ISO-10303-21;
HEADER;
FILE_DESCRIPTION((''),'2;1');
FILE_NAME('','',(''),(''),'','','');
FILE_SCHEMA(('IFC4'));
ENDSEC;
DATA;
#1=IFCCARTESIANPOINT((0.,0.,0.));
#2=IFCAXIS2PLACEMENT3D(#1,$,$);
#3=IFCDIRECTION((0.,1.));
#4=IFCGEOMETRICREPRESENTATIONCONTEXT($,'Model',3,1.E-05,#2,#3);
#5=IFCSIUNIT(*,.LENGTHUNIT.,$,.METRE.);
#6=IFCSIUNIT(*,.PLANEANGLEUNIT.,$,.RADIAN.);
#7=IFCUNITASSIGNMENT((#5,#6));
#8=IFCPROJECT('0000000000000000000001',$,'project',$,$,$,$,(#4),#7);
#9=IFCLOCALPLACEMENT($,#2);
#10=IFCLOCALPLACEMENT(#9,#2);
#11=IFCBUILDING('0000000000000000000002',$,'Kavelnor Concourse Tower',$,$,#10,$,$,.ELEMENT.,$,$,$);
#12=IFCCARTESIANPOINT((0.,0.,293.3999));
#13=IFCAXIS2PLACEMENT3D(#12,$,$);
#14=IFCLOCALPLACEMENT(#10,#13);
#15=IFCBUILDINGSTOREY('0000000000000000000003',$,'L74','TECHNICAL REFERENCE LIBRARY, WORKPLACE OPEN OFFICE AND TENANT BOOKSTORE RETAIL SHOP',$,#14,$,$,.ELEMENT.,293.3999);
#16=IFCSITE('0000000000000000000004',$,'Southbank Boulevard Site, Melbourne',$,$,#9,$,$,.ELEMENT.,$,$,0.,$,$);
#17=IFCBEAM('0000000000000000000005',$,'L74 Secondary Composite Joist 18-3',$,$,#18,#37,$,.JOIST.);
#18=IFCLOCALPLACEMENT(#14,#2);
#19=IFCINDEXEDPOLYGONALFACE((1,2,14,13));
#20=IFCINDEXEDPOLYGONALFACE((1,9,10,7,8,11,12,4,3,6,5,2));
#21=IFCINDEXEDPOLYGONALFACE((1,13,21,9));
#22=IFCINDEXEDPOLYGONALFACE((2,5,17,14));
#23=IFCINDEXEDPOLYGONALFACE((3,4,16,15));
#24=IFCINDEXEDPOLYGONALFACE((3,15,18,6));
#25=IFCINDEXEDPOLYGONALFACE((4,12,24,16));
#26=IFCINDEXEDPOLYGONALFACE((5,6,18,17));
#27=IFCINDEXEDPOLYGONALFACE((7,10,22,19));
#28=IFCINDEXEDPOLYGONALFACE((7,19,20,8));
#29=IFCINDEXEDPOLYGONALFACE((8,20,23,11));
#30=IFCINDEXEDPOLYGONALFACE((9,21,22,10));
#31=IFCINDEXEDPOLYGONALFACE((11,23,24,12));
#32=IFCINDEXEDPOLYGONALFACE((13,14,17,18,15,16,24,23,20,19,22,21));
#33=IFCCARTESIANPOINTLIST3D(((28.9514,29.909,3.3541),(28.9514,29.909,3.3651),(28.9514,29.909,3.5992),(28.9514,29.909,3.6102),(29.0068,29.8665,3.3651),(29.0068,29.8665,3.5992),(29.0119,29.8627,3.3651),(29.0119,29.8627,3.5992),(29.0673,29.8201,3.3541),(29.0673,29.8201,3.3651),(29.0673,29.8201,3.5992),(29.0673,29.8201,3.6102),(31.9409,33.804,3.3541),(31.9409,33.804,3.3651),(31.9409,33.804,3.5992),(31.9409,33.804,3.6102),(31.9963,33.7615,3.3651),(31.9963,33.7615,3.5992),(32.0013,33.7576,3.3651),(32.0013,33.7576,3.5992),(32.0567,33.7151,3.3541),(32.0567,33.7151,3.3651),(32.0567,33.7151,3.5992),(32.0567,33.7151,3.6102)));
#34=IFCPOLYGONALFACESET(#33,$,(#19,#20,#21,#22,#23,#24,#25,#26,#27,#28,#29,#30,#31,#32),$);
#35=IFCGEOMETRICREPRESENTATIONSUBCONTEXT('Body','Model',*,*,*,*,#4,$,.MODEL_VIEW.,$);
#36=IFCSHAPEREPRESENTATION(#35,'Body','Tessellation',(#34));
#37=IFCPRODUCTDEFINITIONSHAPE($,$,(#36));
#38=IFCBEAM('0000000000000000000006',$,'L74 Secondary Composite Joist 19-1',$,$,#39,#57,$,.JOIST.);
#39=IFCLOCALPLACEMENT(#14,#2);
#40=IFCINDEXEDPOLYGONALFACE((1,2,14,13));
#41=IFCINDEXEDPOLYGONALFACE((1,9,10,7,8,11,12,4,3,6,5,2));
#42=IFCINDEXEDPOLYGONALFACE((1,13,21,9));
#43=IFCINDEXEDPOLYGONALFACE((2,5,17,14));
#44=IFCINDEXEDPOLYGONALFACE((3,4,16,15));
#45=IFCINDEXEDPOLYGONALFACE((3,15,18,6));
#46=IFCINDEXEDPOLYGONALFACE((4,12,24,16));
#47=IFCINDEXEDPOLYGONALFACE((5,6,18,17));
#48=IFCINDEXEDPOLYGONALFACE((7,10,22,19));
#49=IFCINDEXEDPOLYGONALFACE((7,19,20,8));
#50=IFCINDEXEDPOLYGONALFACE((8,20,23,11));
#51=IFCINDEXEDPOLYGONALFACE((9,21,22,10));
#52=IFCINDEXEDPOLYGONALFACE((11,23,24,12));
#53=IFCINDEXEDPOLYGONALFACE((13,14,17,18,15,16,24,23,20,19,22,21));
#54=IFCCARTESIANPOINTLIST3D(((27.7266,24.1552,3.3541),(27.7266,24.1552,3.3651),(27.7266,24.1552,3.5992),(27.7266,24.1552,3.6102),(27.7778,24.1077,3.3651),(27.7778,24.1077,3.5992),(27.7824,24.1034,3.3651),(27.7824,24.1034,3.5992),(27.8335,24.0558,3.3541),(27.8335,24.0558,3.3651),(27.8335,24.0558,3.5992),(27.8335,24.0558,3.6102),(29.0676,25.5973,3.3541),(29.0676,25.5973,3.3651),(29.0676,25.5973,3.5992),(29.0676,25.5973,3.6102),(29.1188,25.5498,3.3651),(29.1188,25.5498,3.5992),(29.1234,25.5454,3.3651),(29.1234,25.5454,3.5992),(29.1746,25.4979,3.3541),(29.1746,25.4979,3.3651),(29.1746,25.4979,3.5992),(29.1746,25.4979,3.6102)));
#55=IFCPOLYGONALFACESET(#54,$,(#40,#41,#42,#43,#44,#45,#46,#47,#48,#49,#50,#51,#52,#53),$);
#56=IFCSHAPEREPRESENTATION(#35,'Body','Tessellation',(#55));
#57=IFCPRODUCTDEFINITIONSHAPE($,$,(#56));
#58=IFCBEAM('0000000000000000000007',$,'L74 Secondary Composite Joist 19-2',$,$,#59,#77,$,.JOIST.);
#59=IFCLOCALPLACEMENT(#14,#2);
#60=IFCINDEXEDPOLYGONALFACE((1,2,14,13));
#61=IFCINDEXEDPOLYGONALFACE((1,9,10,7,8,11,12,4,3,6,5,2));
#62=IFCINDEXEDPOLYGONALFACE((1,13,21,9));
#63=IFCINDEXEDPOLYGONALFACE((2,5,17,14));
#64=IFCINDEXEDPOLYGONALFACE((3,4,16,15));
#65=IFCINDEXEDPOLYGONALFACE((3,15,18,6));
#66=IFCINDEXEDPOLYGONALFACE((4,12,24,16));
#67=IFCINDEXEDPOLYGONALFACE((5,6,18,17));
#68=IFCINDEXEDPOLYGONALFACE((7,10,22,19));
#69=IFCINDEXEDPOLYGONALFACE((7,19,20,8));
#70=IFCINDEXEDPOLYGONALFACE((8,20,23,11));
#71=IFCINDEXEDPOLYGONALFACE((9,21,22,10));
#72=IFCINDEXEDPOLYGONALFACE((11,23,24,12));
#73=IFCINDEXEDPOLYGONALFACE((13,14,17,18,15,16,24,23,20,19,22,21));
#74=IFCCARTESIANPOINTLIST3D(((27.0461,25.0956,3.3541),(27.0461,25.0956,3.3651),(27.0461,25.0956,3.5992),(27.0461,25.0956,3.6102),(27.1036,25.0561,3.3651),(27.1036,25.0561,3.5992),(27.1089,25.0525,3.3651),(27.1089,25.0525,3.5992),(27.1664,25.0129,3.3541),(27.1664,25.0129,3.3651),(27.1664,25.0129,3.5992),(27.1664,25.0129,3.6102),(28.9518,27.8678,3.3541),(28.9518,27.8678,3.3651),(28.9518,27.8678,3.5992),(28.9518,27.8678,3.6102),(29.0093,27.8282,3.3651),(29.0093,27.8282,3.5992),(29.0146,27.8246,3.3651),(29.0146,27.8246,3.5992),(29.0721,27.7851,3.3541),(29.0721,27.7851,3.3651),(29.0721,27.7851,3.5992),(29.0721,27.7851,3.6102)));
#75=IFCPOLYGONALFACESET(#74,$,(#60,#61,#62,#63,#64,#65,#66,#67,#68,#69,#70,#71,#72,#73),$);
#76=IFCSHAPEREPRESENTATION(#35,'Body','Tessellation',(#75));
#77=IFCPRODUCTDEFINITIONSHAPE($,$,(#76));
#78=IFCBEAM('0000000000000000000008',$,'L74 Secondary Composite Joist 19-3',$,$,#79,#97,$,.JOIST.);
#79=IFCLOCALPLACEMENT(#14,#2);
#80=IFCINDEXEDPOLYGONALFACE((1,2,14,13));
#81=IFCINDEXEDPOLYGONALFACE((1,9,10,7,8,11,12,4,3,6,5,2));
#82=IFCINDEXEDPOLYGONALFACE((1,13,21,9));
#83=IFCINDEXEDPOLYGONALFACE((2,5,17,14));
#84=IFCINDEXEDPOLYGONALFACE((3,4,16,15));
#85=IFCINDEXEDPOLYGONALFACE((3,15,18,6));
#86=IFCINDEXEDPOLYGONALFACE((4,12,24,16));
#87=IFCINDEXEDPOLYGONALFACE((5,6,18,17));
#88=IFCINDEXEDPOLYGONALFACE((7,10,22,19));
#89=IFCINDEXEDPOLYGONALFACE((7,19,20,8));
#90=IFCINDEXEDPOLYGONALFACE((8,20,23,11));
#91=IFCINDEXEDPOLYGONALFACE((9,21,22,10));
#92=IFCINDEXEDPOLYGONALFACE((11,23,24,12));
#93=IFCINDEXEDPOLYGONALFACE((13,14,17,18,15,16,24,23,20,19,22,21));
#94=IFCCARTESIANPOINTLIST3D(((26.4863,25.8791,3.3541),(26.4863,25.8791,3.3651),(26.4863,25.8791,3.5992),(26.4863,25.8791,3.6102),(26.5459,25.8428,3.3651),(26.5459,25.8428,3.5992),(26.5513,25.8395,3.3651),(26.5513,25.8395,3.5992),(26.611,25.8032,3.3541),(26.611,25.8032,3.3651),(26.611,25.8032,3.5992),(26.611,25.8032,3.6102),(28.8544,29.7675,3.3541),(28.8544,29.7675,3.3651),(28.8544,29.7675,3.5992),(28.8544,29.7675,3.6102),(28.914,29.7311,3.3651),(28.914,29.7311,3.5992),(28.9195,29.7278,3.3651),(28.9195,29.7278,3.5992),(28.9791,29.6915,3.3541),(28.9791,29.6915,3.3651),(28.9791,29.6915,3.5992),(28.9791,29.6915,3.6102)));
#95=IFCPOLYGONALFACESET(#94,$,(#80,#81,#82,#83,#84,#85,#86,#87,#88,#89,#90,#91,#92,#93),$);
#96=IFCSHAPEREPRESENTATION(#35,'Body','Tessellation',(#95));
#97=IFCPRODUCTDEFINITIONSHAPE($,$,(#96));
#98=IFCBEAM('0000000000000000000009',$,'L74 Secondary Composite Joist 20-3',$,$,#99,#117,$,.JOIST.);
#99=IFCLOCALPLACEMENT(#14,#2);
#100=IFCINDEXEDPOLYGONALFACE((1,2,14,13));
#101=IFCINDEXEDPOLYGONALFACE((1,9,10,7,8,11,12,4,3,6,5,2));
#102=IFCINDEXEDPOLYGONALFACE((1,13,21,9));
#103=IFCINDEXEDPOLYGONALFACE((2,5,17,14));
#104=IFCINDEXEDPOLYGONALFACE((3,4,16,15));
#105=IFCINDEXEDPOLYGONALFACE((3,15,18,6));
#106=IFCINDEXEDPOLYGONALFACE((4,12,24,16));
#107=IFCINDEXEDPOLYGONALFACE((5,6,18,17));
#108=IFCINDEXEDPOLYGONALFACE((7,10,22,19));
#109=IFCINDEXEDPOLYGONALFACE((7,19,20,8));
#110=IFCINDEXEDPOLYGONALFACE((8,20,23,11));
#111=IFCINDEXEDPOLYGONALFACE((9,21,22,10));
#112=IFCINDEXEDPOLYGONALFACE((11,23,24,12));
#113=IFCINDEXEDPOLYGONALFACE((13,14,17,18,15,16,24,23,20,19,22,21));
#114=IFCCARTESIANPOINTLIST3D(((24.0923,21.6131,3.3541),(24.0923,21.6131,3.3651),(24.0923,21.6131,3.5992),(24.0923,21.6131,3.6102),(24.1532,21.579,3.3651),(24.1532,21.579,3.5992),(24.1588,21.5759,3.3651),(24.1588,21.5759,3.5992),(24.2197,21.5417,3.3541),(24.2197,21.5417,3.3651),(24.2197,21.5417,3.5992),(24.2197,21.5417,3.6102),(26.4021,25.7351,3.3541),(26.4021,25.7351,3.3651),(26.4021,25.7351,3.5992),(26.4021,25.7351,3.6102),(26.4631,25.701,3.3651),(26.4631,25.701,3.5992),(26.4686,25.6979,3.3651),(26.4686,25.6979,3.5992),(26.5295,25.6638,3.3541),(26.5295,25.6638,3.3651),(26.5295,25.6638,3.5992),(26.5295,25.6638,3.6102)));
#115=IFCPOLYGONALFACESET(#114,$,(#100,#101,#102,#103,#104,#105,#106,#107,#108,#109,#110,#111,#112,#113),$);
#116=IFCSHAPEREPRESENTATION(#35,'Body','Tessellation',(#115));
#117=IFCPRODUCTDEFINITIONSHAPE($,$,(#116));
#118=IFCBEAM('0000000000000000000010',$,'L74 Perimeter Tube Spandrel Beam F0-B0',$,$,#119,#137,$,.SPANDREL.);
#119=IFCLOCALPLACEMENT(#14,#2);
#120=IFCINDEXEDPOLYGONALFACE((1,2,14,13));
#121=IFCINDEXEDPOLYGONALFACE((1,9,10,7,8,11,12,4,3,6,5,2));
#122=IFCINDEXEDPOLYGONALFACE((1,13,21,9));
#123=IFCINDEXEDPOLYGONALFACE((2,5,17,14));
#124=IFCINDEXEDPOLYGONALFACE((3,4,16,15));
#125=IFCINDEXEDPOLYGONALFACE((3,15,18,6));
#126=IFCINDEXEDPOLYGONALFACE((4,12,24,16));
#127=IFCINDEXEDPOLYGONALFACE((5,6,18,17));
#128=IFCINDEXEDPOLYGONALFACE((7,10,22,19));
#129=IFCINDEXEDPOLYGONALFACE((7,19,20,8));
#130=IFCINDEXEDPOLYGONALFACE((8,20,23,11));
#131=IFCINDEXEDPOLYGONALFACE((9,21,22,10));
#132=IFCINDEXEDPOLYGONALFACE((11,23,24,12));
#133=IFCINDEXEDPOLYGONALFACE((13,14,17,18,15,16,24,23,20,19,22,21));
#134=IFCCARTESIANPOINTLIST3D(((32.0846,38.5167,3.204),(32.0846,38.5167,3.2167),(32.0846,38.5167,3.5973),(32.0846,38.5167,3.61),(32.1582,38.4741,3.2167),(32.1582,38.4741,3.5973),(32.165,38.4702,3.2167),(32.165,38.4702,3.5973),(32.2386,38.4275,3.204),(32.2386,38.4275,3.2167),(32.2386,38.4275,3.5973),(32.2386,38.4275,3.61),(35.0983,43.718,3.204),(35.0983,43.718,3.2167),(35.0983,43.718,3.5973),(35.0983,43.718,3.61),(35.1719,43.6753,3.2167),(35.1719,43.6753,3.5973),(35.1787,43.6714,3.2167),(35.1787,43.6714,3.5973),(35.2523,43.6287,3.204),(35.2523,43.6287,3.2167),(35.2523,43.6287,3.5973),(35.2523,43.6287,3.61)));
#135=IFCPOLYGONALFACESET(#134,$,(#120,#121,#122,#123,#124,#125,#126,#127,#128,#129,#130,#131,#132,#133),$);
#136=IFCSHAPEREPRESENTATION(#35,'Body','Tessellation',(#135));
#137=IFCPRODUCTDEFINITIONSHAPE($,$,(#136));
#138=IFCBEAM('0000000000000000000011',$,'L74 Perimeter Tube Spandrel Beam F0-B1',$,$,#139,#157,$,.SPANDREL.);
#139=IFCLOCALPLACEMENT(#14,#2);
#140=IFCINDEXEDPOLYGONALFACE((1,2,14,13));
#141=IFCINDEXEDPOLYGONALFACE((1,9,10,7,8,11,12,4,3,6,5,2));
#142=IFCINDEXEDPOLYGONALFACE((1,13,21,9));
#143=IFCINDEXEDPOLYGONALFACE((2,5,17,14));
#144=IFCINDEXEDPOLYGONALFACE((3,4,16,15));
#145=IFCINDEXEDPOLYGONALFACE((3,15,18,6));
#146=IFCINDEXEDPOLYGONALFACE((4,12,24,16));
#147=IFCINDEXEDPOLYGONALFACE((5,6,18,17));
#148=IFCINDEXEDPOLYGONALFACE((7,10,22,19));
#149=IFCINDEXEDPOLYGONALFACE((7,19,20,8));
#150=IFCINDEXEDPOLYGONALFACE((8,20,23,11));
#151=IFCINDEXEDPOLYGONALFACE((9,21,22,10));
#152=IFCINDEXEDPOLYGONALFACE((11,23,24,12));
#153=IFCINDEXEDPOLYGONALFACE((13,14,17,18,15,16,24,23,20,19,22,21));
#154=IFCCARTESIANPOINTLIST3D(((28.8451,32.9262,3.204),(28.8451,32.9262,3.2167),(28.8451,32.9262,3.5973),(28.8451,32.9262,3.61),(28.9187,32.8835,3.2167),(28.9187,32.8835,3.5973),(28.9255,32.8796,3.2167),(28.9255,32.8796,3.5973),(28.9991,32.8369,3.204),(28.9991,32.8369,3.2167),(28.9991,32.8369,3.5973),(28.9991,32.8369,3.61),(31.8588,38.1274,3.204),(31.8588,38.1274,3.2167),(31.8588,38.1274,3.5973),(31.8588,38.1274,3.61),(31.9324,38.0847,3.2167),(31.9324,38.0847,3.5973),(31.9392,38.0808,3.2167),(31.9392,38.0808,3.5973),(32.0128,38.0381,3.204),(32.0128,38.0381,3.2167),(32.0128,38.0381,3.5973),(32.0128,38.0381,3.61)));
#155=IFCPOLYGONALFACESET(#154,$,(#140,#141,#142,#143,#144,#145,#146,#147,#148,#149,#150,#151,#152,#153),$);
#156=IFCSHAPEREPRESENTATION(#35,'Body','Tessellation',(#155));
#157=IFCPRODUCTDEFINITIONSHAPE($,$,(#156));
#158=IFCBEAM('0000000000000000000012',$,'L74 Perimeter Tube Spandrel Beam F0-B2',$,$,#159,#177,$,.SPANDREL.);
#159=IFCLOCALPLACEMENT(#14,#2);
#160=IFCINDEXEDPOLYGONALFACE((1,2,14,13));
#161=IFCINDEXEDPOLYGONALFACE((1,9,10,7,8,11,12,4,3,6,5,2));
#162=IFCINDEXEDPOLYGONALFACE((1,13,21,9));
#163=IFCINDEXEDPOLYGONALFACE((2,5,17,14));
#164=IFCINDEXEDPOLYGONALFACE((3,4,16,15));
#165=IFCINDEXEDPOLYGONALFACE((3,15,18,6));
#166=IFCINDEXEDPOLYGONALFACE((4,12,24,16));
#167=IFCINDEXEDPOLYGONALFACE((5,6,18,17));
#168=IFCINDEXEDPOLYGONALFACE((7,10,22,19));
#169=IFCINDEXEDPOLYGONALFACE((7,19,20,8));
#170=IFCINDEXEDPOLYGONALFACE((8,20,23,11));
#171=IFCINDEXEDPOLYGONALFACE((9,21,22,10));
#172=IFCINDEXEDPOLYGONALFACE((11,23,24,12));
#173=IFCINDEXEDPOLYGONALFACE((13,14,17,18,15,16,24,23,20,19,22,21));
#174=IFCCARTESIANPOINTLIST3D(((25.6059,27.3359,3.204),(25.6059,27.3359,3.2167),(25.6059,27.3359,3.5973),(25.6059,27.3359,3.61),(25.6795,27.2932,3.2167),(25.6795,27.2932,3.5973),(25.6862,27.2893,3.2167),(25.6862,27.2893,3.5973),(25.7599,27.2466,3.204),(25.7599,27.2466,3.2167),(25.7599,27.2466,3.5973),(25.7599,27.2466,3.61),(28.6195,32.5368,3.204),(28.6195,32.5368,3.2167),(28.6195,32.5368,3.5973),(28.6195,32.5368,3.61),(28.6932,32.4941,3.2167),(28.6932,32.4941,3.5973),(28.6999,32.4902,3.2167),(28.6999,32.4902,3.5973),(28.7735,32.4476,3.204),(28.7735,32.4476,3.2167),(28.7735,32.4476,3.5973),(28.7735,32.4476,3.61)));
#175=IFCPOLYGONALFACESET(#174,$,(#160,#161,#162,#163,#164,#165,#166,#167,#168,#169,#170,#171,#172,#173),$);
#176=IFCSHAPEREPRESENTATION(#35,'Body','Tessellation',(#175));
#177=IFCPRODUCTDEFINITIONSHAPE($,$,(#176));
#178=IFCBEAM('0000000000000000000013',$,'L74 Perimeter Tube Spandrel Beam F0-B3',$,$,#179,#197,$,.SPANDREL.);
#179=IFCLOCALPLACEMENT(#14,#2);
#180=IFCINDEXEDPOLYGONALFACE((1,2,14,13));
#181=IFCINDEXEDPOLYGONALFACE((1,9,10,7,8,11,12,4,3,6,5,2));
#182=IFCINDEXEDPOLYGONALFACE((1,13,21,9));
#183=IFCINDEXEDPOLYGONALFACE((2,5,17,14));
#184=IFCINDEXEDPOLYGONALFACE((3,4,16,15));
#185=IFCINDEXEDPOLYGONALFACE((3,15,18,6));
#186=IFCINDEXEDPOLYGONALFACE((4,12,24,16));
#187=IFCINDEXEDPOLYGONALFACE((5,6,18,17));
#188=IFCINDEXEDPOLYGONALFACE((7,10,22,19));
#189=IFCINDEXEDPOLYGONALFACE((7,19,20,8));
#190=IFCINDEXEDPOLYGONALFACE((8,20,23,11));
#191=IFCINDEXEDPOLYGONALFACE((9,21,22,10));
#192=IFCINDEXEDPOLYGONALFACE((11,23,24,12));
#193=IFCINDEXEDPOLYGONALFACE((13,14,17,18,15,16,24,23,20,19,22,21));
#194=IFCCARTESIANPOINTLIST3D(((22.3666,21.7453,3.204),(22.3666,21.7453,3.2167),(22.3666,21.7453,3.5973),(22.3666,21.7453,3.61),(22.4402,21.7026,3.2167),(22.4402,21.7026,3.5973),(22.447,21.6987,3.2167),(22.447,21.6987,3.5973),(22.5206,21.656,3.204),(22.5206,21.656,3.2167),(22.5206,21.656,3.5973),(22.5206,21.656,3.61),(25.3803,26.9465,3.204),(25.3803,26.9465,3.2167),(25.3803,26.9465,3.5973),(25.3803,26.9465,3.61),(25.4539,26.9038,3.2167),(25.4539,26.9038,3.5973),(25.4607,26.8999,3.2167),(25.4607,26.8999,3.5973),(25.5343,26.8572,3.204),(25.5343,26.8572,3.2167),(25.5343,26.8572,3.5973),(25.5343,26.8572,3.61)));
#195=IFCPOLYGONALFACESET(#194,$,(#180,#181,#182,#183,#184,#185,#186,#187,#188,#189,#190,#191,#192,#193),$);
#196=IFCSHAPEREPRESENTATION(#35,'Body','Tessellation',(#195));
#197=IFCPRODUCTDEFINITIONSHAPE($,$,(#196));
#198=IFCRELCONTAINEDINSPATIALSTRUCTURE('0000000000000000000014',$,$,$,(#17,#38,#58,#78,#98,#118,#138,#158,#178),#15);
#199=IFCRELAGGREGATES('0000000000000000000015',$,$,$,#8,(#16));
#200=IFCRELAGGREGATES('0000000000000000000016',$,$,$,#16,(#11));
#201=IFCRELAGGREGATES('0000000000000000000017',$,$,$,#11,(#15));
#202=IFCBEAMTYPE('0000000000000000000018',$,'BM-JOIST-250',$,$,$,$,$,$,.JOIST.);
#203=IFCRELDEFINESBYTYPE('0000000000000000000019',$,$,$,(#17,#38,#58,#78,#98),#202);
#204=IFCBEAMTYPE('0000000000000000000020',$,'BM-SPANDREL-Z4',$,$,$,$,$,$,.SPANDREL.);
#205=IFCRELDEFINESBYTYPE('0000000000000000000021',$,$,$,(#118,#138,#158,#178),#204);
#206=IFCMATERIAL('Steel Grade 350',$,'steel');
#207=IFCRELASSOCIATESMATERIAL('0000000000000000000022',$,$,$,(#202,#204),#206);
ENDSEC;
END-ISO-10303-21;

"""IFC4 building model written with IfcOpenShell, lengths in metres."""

from ifc_helpers import new_model, si_unit, direction, frame, origin, origin_2d, place, context, subcontext, project, spatial, i_section, extrude, material, material_profile, profile_set, type_object, element, save


model = new_model("IFC4")

# Units and contexts
model_context = context("Model", 3, precision=1e-05, world=origin(), true_north=direction((0.0, 1.0)))
body_context = subcontext(model_context, "Body", "Model", "MODEL_VIEW")
ifc_project = project(units=[si_unit("LENGTHUNIT", "METRE"), si_unit("PLANEANGLEUNIT", "RADIAN")], contexts=[model_context])

# Site, building, storey
site_placement = place(None, origin())
site = spatial("IfcSite", under=ifc_project, at=site_placement, Name="Southbank Boulevard Site, Melbourne", CompositionType="ELEMENT", RefElevation=0.0)
building_placement = place(site_placement, origin())
building = spatial("IfcBuilding", under=site, at=building_placement, Name="Kavelnor Concourse Tower", CompositionType="ELEMENT")
storey_placement = place(building_placement, frame((0.0, 0.0, 293.3999)))
storey = spatial("IfcBuildingStorey", under=building, at=storey_placement, Name="L74", Description="TECHNICAL REFERENCE LIBRARY, WORKPLACE OPEN OFFICE AND TENANT BOOKSTORE RETAIL SHOP", CompositionType="ELEMENT", Elevation=293.3999)

# Shared definitions
ifc_material_1 = material(Name="Steel Grade 350", Category="steel")

# Beams
ifc_material_profile_1 = material_profile(ifc_material_1, i_section(OverallWidth=0.146, OverallDepth=0.2561, WebThickness=0.0063, FlangeThickness=0.011, at=origin_2d()), Name="250UB37")
ifc_profile_set_1 = profile_set([ifc_material_profile_1], Name="Steel Grade 350")
beam_type_1 = type_object("IfcBeamType", Name="BM-JOIST-250", PredefinedType="JOIST", material=ifc_profile_set_1)
beam_1_placement = place(storey_placement, frame((31.9988, 33.7595, 3.4822), z_axis=(-0.608857, -0.79328, 0.0), x_axis=(0.79328, -0.608857, 0.0)))
element("IfcBeam", 1, at=beam_1_placement, inside=storey, type_object=beam_type_1, Name="L74 Secondary Composite Joist 18-3", PredefinedType="JOIST", context=body_context, shape_type="SweptSolid", body=[
    extrude(i_section(OverallWidth=0.146, OverallDepth=0.2561, WebThickness=0.0063, FlangeThickness=0.011, at=origin_2d()), origin(), (0.0, 0.0, 1.0), 4.9099),
])
beam_2_placement = place(storey_placement, frame((29.1211, 25.5476, 3.4822), z_axis=(-0.680979, -0.732303, 0.0), x_axis=(0.732303, -0.680979, 0.0)))
element("IfcBeam", 2, at=beam_2_placement, inside=storey, type_object=beam_type_1, Name="L74 Secondary Composite Joist 19-1", PredefinedType="JOIST", context=body_context, shape_type="SweptSolid", body=[
    extrude(i_section(OverallWidth=0.146, OverallDepth=0.2561, WebThickness=0.0063, FlangeThickness=0.011, at=origin_2d()), origin(), (0.0, 0.0, 1.0), 1.9692),
])
beam_3_placement = place(storey_placement, frame((29.012, 27.8264, 3.4822), z_axis=(-0.566501, -0.824061, 0.0), x_axis=(0.824061, -0.566501, 0.0)))
element("IfcBeam", 3, at=beam_3_placement, inside=storey, type_object=beam_type_1, Name="L74 Secondary Composite Joist 19-2", PredefinedType="JOIST", context=body_context, shape_type="SweptSolid", body=[
    extrude(i_section(OverallWidth=0.146, OverallDepth=0.2561, WebThickness=0.0063, FlangeThickness=0.011, at=origin_2d()), origin(), (0.0, 0.0, 1.0), 3.364),
])
beam_4_placement = place(storey_placement, frame((28.9167, 29.7295, 3.4822), z_axis=(-0.520154, -0.854072, 0.0), x_axis=(0.854072, -0.520154, 0.0)))
element("IfcBeam", 4, at=beam_4_placement, inside=storey, type_object=beam_type_1, Name="L74 Secondary Composite Joist 19-3", PredefinedType="JOIST", context=body_context, shape_type="SweptSolid", body=[
    extrude(i_section(OverallWidth=0.146, OverallDepth=0.2561, WebThickness=0.0063, FlangeThickness=0.011, at=origin_2d()), origin(), (0.0, 0.0, 1.0), 4.5527),
])
beam_5_placement = place(storey_placement, frame((26.4658, 25.6995, 3.4822), z_axis=(-0.488838, -0.872375, 0.0), x_axis=(0.872375, -0.488838, 0.0)))
element("IfcBeam", 5, at=beam_5_placement, inside=storey, type_object=beam_type_1, Name="L74 Secondary Composite Joist 20-3", PredefinedType="JOIST", context=body_context, shape_type="SweptSolid", body=[
    extrude(i_section(OverallWidth=0.146, OverallDepth=0.2561, WebThickness=0.0063, FlangeThickness=0.011, at=origin_2d()), origin(), (0.0, 0.0, 1.0), 4.7251),
])
ifc_material_profile_2 = material_profile(ifc_material_1, i_section(OverallWidth=0.178, OverallDepth=0.406, WebThickness=0.0078, FlangeThickness=0.0127, at=origin_2d()), Name="410UB59")
ifc_profile_set_2 = profile_set([ifc_material_profile_2], Name="Steel Grade 350")
beam_type_2 = type_object("IfcBeamType", Name="BM-SPANDREL-Z4", PredefinedType="SPANDREL", material=ifc_profile_set_2)
for number, where, z_axis, x_axis, name in (
    (6, (35.1753, 43.6733, 3.407), (-0.501344, -0.865248, 0.0), (0.865248, -0.501344, 0.0), "L74 Perimeter Tube Spandrel Beam F0-B0"),
    (7, (31.9358, 38.0828, 3.407), (-0.501344, -0.865248, 0.0), (0.865248, -0.501344, 0.0), "L74 Perimeter Tube Spandrel Beam F0-B1"),
):
    element("IfcBeam", number, at=place(storey_placement, frame(where, z_axis=z_axis, x_axis=x_axis)), inside=storey, type_object=beam_type_2, Name=name, PredefinedType="SPANDREL", context=body_context, shape_type="SweptSolid", body=[
        extrude(i_section(OverallWidth=0.178, OverallDepth=0.406, WebThickness=0.0078, FlangeThickness=0.0127, at=origin_2d()), origin(), (0.0, 0.0, 1.0), 6.0112),
    ])
beam_6_placement = place(storey_placement, frame((28.6965, 32.4922, 3.407), z_axis=(-0.501361, -0.865238, 0.0), x_axis=(0.865238, -0.501361, 0.0)))
element("IfcBeam", 8, at=beam_6_placement, inside=storey, type_object=beam_type_2, Name="L74 Perimeter Tube Spandrel Beam F0-B2", PredefinedType="SPANDREL", context=body_context, shape_type="SweptSolid", body=[
    extrude(i_section(OverallWidth=0.178, OverallDepth=0.406, WebThickness=0.0078, FlangeThickness=0.0127, at=origin_2d()), origin(), (0.0, 0.0, 1.0), 6.011),
])
beam_7_placement = place(storey_placement, frame((25.4573, 26.9019, 3.407), z_axis=(-0.501344, -0.865248, 0.0), x_axis=(0.865248, -0.501344, 0.0)))
element("IfcBeam", 9, at=beam_7_placement, inside=storey, type_object=beam_type_2, Name="L74 Perimeter Tube Spandrel Beam F0-B3", PredefinedType="SPANDREL", context=body_context, shape_type="SweptSolid", body=[
    extrude(i_section(OverallWidth=0.178, OverallDepth=0.406, WebThickness=0.0078, FlangeThickness=0.0127, at=origin_2d()), origin(), (0.0, 0.0, 1.0), 6.0112),
])

save(model, "model.ifc")
